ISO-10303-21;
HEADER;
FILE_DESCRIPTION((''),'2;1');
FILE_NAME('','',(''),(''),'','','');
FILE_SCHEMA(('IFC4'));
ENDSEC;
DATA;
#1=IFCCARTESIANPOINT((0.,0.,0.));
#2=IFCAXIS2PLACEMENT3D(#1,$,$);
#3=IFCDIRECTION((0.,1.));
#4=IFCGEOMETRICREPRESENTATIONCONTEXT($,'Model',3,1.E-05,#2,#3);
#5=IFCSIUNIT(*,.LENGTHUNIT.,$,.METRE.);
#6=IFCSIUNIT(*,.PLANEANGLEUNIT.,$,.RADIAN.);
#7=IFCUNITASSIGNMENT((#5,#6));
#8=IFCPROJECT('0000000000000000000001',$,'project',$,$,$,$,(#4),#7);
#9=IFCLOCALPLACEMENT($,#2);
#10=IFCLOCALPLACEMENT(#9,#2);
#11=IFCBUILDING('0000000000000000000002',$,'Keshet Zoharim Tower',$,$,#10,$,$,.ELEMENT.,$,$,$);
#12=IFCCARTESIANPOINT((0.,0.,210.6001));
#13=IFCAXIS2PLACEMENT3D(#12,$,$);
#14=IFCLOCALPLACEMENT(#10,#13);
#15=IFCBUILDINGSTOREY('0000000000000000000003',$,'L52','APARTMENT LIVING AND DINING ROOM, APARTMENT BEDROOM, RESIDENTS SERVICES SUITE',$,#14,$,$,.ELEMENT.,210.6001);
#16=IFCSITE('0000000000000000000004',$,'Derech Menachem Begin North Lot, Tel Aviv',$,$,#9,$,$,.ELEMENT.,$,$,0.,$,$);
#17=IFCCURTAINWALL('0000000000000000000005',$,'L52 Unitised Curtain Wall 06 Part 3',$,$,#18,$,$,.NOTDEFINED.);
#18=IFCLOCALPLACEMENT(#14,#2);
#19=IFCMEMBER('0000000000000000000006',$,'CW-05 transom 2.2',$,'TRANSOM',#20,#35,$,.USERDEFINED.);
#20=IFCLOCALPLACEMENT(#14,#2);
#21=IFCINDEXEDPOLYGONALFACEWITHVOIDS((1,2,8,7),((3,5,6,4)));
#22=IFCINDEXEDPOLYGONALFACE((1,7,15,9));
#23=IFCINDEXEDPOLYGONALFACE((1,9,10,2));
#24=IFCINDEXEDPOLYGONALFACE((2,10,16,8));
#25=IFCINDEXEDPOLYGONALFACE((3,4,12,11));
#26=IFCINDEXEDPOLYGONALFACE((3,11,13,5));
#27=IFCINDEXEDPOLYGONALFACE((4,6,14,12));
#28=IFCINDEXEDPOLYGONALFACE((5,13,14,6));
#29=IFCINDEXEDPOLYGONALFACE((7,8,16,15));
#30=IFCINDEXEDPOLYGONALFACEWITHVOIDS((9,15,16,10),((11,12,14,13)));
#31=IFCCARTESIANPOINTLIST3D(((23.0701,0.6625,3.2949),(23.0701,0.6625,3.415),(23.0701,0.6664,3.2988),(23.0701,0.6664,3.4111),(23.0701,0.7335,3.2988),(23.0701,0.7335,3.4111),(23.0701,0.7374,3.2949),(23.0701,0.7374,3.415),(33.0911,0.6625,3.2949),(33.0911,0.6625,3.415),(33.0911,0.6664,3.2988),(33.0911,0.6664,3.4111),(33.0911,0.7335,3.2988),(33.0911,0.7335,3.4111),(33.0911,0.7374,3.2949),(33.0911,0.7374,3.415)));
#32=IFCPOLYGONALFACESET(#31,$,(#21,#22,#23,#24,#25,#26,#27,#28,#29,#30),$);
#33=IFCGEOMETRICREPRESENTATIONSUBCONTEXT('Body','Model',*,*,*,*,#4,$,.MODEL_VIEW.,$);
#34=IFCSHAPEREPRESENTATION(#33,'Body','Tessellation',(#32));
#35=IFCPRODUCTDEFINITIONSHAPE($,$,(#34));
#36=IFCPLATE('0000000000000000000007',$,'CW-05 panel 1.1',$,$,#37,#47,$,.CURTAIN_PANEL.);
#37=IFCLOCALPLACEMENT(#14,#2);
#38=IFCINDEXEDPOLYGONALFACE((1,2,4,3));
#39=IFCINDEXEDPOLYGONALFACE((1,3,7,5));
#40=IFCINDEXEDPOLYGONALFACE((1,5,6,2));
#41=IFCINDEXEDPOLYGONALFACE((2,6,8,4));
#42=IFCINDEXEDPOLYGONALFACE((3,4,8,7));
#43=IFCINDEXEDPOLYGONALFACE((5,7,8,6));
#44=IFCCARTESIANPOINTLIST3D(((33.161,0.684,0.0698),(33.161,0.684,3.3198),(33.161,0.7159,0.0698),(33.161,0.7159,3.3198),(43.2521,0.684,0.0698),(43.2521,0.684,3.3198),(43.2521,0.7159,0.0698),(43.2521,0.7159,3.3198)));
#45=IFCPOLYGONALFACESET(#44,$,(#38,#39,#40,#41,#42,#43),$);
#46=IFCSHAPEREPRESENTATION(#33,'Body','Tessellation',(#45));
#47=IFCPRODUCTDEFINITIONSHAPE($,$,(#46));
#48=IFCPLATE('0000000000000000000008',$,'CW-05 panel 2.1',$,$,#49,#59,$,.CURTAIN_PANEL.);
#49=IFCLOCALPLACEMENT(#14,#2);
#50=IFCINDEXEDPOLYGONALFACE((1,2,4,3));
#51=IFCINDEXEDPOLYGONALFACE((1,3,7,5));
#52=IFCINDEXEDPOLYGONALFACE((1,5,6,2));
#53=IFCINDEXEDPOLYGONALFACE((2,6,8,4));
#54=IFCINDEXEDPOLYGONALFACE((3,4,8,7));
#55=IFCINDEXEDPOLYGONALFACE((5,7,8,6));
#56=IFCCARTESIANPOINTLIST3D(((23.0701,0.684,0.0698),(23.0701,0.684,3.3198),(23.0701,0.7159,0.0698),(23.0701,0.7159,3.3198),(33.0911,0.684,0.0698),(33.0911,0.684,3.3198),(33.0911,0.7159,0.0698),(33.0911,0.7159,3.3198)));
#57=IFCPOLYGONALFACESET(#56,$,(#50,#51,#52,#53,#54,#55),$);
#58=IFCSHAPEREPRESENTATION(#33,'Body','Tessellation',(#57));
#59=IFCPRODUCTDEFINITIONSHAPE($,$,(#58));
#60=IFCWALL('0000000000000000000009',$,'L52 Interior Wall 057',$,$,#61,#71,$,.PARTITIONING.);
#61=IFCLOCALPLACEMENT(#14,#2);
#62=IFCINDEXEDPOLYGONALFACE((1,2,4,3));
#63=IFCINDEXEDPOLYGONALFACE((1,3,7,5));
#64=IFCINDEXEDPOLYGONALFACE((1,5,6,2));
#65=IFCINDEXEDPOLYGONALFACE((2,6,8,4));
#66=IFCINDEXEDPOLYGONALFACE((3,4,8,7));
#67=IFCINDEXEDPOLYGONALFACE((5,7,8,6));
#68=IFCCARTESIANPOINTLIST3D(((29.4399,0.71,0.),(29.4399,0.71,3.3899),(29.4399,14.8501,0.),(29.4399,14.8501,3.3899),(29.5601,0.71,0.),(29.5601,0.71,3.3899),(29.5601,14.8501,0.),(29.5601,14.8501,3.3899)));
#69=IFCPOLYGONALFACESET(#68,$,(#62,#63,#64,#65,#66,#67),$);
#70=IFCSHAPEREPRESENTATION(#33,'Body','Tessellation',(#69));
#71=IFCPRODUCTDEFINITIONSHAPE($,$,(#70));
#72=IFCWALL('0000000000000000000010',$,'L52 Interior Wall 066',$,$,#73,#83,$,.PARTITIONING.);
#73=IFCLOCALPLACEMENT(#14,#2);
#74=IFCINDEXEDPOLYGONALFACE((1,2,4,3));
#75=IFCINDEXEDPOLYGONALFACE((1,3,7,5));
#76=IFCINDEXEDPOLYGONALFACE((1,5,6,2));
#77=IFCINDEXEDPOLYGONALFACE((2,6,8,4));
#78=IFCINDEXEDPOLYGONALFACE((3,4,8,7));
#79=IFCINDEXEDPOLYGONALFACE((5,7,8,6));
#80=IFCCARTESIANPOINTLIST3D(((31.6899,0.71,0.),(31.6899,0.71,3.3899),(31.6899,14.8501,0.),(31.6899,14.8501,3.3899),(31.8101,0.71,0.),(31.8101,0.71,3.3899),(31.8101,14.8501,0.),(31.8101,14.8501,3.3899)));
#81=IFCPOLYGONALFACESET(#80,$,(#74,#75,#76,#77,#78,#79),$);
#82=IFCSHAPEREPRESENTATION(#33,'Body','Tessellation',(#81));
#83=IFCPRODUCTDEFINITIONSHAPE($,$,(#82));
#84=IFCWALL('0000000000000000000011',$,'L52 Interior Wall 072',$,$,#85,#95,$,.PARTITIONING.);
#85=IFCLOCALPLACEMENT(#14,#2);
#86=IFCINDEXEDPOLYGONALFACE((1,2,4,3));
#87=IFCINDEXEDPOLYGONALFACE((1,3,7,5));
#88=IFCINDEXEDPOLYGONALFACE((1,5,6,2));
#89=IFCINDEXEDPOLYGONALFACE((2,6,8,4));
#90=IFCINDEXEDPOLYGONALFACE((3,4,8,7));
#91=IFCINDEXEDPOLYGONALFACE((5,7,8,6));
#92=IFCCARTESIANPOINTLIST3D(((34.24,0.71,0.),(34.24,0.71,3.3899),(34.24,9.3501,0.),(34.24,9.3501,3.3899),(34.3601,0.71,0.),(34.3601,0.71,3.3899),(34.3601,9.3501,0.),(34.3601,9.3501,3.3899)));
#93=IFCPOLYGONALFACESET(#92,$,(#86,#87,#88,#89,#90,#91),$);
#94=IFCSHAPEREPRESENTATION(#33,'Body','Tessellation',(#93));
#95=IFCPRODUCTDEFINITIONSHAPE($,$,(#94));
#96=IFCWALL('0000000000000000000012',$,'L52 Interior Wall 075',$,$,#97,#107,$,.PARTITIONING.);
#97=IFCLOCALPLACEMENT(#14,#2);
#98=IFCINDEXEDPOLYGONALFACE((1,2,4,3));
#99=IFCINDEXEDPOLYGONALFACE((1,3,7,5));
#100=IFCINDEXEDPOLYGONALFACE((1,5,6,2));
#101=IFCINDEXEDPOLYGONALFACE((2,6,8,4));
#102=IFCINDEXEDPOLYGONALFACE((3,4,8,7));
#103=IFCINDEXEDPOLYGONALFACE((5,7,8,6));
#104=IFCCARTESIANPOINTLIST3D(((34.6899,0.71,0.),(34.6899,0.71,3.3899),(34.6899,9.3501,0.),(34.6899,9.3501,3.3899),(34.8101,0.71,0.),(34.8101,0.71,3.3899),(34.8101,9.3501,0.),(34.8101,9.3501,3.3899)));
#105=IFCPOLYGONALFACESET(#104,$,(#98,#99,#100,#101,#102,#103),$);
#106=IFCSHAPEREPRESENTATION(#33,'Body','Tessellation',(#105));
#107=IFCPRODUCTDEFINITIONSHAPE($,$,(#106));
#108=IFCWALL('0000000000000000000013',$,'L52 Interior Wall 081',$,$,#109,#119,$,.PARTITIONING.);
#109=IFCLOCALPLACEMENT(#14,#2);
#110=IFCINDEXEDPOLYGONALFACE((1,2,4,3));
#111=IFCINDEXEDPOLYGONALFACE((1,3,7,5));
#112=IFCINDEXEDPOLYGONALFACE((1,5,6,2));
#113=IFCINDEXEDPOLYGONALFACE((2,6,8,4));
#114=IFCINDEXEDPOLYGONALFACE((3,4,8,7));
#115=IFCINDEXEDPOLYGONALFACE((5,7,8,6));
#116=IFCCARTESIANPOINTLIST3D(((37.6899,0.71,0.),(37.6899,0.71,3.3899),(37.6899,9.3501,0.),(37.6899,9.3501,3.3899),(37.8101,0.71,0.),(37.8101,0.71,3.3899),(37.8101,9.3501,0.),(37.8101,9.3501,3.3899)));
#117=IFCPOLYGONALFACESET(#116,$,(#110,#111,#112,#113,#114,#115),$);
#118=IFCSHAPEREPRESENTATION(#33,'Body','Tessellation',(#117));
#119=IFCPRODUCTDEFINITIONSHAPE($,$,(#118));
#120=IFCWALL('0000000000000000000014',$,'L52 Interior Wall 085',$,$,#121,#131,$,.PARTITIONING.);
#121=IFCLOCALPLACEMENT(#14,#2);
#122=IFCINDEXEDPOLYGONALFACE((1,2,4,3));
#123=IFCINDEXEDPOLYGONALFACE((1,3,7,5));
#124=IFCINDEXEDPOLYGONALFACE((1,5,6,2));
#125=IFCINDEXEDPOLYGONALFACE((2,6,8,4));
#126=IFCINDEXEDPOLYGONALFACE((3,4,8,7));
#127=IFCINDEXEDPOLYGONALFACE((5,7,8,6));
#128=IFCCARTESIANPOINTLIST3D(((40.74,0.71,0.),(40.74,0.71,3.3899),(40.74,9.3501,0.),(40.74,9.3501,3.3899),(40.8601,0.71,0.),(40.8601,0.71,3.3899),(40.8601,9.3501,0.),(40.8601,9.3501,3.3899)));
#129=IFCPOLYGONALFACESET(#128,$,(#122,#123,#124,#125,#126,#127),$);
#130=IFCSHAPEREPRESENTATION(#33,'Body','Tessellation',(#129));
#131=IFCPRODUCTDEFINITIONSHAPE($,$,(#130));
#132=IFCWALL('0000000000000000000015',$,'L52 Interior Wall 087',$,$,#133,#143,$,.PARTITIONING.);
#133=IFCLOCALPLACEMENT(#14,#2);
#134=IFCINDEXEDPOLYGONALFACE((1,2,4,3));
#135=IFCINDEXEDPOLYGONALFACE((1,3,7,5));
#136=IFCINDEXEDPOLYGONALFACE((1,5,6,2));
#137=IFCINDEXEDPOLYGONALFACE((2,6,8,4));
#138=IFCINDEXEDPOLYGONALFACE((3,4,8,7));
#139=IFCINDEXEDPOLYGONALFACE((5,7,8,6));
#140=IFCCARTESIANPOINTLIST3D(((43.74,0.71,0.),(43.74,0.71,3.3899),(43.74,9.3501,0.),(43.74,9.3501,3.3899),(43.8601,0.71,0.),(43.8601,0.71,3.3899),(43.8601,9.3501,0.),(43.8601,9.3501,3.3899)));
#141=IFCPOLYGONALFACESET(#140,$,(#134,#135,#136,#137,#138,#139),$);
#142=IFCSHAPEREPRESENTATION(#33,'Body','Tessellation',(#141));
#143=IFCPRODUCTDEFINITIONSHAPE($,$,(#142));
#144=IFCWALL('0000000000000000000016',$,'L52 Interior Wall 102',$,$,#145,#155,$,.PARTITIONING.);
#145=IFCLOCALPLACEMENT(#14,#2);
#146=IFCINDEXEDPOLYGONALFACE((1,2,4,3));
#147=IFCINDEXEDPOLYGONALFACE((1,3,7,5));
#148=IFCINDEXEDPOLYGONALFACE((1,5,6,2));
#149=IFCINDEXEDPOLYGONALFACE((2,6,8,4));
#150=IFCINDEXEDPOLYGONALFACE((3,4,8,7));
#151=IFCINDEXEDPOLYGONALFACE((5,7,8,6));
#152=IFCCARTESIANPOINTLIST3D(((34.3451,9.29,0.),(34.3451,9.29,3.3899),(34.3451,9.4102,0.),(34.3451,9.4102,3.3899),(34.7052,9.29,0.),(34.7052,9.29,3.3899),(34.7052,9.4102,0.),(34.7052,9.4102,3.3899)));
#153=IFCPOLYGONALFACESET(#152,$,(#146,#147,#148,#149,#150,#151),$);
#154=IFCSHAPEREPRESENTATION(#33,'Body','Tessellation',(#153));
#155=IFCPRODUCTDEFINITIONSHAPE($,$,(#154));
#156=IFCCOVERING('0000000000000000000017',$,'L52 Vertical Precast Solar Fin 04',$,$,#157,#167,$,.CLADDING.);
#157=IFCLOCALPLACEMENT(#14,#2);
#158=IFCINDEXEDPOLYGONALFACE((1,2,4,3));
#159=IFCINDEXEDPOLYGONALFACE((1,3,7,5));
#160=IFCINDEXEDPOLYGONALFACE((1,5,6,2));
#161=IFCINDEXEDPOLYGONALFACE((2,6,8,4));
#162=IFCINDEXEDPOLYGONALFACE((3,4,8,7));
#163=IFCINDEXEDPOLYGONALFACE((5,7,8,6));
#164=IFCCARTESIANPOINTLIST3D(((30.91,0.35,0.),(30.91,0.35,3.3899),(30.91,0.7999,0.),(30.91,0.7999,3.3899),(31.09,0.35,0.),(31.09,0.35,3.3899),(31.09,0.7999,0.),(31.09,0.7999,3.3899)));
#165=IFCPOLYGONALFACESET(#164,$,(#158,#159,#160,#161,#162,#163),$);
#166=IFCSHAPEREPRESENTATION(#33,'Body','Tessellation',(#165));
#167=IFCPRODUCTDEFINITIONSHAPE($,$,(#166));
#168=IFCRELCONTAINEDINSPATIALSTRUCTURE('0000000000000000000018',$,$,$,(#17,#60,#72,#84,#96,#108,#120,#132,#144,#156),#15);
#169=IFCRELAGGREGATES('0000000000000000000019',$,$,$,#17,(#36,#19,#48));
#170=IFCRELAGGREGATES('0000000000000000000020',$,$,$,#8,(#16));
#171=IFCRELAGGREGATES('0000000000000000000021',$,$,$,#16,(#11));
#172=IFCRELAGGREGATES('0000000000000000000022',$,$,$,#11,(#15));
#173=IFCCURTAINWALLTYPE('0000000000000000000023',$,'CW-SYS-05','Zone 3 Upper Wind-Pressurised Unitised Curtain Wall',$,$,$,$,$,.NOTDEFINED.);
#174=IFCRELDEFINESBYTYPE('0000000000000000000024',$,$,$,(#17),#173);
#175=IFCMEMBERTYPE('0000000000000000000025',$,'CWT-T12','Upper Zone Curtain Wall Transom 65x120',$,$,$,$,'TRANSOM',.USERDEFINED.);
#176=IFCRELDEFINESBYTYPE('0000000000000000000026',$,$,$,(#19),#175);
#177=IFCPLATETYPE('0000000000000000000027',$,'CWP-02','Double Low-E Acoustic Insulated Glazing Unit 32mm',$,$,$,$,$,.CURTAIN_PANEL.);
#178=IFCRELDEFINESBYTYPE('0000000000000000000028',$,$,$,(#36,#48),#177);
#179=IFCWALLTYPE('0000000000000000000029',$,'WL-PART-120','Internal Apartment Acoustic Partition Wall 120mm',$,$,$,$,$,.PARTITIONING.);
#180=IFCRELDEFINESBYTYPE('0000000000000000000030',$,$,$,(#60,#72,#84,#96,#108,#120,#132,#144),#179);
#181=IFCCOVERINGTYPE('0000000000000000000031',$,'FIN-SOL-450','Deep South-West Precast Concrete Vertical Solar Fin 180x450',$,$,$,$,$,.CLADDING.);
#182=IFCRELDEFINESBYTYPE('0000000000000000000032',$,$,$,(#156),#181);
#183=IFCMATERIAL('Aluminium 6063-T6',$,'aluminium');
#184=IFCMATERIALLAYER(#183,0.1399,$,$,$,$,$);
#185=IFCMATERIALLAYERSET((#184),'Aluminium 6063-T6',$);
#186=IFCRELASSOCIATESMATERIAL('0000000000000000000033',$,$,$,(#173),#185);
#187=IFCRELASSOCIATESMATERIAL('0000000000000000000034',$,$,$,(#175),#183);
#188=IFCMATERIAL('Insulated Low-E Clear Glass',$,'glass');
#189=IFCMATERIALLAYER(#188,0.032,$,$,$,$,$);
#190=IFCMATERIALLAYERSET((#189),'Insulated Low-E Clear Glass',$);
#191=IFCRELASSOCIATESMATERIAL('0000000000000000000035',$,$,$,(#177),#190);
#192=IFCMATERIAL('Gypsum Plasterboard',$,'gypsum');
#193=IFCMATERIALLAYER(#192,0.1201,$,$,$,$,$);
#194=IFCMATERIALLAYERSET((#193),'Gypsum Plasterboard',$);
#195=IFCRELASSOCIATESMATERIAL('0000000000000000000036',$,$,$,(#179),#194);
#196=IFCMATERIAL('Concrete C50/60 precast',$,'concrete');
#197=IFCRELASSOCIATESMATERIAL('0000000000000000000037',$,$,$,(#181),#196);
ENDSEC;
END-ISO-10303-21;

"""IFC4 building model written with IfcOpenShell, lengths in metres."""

from ifc_helpers import new_model, si_unit, direction, frame, frame_2d, origin, origin_2d, place, context, subcontext, project, spatial, rectangle, hollow_rectangle, extrude, material, layer, layer_set, material_profile, profile_set, type_object, element, aggregate, save


model = new_model("IFC4")

# Units and contexts
model_context = context("Model", 3, precision=1e-05, world=origin(), true_north=direction((0.0, 1.0)))
body_context = subcontext(model_context, "Body", "Model", "MODEL_VIEW")
ifc_project = project(units=[si_unit("LENGTHUNIT", "METRE"), si_unit("PLANEANGLEUNIT", "RADIAN")], contexts=[model_context])

# Site, building, storey
site_placement = place(None, origin())
site = spatial("IfcSite", under=ifc_project, at=site_placement, Name="Derech Menachem Begin North Lot, Tel Aviv", CompositionType="ELEMENT", RefElevation=0.0)
building_placement = place(site_placement, origin())
building = spatial("IfcBuilding", under=site, at=building_placement, Name="Keshet Zoharim Tower", CompositionType="ELEMENT")
storey_placement = place(building_placement, frame((0.0, 0.0, 210.6001)))
storey = spatial("IfcBuildingStorey", under=building, at=storey_placement, Name="L52", Description="APARTMENT LIVING AND DINING ROOM, APARTMENT BEDROOM, RESIDENTS SERVICES SUITE", CompositionType="ELEMENT", Elevation=210.6001)

# Shared definitions
ifc_material_1 = material(Name="Aluminium 6063-T6", Category="aluminium")
ifc_layer_1 = layer(ifc_material_1, 0.1399)
ifc_layer_set_1 = layer_set([ifc_layer_1], Name="Aluminium 6063-T6")
curtain_wall_type = type_object("IfcCurtainWallType", Name="CW-SYS-05", Description="Zone 3 Upper Wind-Pressurised Unitised Curtain Wall", PredefinedType="NOTDEFINED", material=ifc_layer_set_1)

# Curtain wall, member, plates
curtain_wall_1_placement = place(storey_placement, origin())
curtain_wall_1 = element("IfcCurtainWall", 1, at=curtain_wall_1_placement, inside=storey, type_object=curtain_wall_type, Name="L52 Unitised Curtain Wall 06 Part 3", PredefinedType="NOTDEFINED")
ifc_material_profile_1 = material_profile(ifc_material_1, hollow_rectangle(XDim=0.075, YDim=0.1201, WallThickness=0.0039, at=origin_2d()), Name="TRN-75x120")
ifc_profile_set_1 = profile_set([ifc_material_profile_1], Name="Aluminium 6063-T6")
member_type_1 = type_object("IfcMemberType", Name="CWT-T12", Description="Upper Zone Curtain Wall Transom 65x120", ElementType="TRANSOM", PredefinedType="USERDEFINED", material=ifc_profile_set_1)
member_1_placement = place(storey_placement, frame((33.0911, 0.7, 3.355), z_axis=(-1.0, 0.0, 0.0), x_axis=(0.0, -1.0, 0.0)))
member_1 = element("IfcMember", 2, at=member_1_placement, type_object=member_type_1, Name="CW-05 transom 2.2", ObjectType="TRANSOM", PredefinedType="USERDEFINED", context=body_context, shape_type="SweptSolid", body=[
    extrude(hollow_rectangle(XDim=0.075, YDim=0.1201, WallThickness=0.0039, at=origin_2d()), origin(), (0.0, 0.0, 1.0), 10.021),
])
ifc_material_2 = material(Name="Insulated Low-E Clear Glass", Category="glass")
ifc_layer_2 = layer(ifc_material_2, 0.032)
ifc_layer_set_2 = layer_set([ifc_layer_2], Name="Insulated Low-E Clear Glass")
plate_type = type_object("IfcPlateType", Name="CWP-02", Description="Double Low-E Acoustic Insulated Glazing Unit 32mm", PredefinedType="CURTAIN_PANEL", material=ifc_layer_set_2)
plate_1_placement = place(storey_placement, frame((38.2065, 0.7, 0.0698), z_axis=(0.0, 0.0, 1.0), x_axis=(-1.0, 0.0, 0.0)))
plate_1 = element("IfcPlate", 3, at=plate_1_placement, type_object=plate_type, Name="CW-05 panel 1.1", PredefinedType="CURTAIN_PANEL", context=body_context, shape_type="SweptSolid", body=[
    extrude(rectangle(XDim=10.0911, YDim=0.032, at=origin_2d()), origin(), (0.0, 0.0, 1.0), 3.25),
])
plate_2_placement = place(storey_placement, frame((28.0806, 0.7, 0.0698), z_axis=(0.0, 0.0, 1.0), x_axis=(-1.0, 0.0, 0.0)))
plate_2 = element("IfcPlate", 4, at=plate_2_placement, type_object=plate_type, Name="CW-05 panel 2.1", PredefinedType="CURTAIN_PANEL", context=body_context, shape_type="SweptSolid", body=[
    extrude(rectangle(XDim=10.021, YDim=0.032, at=origin_2d()), origin(), (0.0, 0.0, 1.0), 3.25),
])
aggregate(curtain_wall_1, [plate_1, member_1, plate_2])

# Walls
ifc_material_3 = material(Name="Gypsum Plasterboard", Category="gypsum")
ifc_layer_3 = layer(ifc_material_3, 0.1201)
ifc_layer_set_3 = layer_set([ifc_layer_3], Name="Gypsum Plasterboard")
wall_type = type_object("IfcWallType", Name="WL-PART-120", Description="Internal Apartment Acoustic Partition Wall 120mm", PredefinedType="PARTITIONING", material=ifc_layer_set_3)
for number, where, z_axis, x_axis, name in (
    (5, (29.5, 0.71, 0.0), (0.0, 0.0, 1.0), (0.0, 1.0, 0.0), "L52 Interior Wall 057"),
    (6, (31.75, 0.71, 0.0), (0.0, 0.0, 1.0), (0.0, 1.0, 0.0), "L52 Interior Wall 066"),
):
    element("IfcWall", number, at=place(storey_placement, frame(where, z_axis=z_axis, x_axis=x_axis)), inside=storey, type_object=wall_type, Name=name, PredefinedType="PARTITIONING", context=body_context, shape_type="SweptSolid", body=[
        extrude(rectangle(XDim=14.1401, YDim=0.1201, at=frame_2d((7.0701, 0.0))), origin(), (0.0, 0.0, 1.0), 3.3899),
    ])
for number, where, z_axis, x_axis, name in (
    (7, (34.3, 0.71, 0.0), (0.0, 0.0, 1.0), (0.0, 1.0, 0.0), "L52 Interior Wall 072"),
    (8, (34.75, 0.71, 0.0), (0.0, 0.0, 1.0), (0.0, 1.0, 0.0), "L52 Interior Wall 075"),
    (9, (37.75, 0.71, 0.0), (0.0, 0.0, 1.0), (0.0, 1.0, 0.0), "L52 Interior Wall 081"),
    (10, (40.8, 0.71, 0.0), (0.0, 0.0, 1.0), (0.0, 1.0, 0.0), "L52 Interior Wall 085"),
    (11, (43.8, 0.71, 0.0), (0.0, 0.0, 1.0), (0.0, 1.0, 0.0), "L52 Interior Wall 087"),
):
    element("IfcWall", number, at=place(storey_placement, frame(where, z_axis=z_axis, x_axis=x_axis)), inside=storey, type_object=wall_type, Name=name, PredefinedType="PARTITIONING", context=body_context, shape_type="SweptSolid", body=[
        extrude(rectangle(XDim=8.6401, YDim=0.1201, at=frame_2d((4.3201, 0.0))), origin(), (0.0, 0.0, 1.0), 3.3899),
    ])
wall_1_placement = place(storey_placement, frame((34.345, 9.3501, 0.0), z_axis=(0.0, 0.0, 1.0), x_axis=(1.0, 0.0, 0.0)))
element("IfcWall", 12, at=wall_1_placement, inside=storey, type_object=wall_type, Name="L52 Interior Wall 102", PredefinedType="PARTITIONING", context=body_context, shape_type="SweptSolid", body=[
    extrude(rectangle(XDim=0.3601, YDim=0.1201, at=frame_2d((0.1802, 0.0))), origin(), (0.0, 0.0, 1.0), 3.3899),
])

# Covering
ifc_material_4 = material(Name="Concrete C50/60 precast", Category="concrete")
covering_type = type_object("IfcCoveringType", Name="FIN-SOL-450", Description="Deep South-West Precast Concrete Vertical Solar Fin 180x450", PredefinedType="CLADDING", material=ifc_material_4)
covering_placement = place(storey_placement, frame((31.0, 0.575, 0.0), z_axis=(0.0, 0.0, 1.0), x_axis=(-1.0, 0.0, 0.0)))
element("IfcCovering", 13, at=covering_placement, inside=storey, type_object=covering_type, Name="L52 Vertical Precast Solar Fin 04", PredefinedType="CLADDING", context=body_context, shape_type="SweptSolid", body=[
    extrude(rectangle(XDim=0.1799, YDim=0.45, at=origin_2d()), origin(), (0.0, 0.0, 1.0), 3.3899),
])

save(model, "model.ifc")
